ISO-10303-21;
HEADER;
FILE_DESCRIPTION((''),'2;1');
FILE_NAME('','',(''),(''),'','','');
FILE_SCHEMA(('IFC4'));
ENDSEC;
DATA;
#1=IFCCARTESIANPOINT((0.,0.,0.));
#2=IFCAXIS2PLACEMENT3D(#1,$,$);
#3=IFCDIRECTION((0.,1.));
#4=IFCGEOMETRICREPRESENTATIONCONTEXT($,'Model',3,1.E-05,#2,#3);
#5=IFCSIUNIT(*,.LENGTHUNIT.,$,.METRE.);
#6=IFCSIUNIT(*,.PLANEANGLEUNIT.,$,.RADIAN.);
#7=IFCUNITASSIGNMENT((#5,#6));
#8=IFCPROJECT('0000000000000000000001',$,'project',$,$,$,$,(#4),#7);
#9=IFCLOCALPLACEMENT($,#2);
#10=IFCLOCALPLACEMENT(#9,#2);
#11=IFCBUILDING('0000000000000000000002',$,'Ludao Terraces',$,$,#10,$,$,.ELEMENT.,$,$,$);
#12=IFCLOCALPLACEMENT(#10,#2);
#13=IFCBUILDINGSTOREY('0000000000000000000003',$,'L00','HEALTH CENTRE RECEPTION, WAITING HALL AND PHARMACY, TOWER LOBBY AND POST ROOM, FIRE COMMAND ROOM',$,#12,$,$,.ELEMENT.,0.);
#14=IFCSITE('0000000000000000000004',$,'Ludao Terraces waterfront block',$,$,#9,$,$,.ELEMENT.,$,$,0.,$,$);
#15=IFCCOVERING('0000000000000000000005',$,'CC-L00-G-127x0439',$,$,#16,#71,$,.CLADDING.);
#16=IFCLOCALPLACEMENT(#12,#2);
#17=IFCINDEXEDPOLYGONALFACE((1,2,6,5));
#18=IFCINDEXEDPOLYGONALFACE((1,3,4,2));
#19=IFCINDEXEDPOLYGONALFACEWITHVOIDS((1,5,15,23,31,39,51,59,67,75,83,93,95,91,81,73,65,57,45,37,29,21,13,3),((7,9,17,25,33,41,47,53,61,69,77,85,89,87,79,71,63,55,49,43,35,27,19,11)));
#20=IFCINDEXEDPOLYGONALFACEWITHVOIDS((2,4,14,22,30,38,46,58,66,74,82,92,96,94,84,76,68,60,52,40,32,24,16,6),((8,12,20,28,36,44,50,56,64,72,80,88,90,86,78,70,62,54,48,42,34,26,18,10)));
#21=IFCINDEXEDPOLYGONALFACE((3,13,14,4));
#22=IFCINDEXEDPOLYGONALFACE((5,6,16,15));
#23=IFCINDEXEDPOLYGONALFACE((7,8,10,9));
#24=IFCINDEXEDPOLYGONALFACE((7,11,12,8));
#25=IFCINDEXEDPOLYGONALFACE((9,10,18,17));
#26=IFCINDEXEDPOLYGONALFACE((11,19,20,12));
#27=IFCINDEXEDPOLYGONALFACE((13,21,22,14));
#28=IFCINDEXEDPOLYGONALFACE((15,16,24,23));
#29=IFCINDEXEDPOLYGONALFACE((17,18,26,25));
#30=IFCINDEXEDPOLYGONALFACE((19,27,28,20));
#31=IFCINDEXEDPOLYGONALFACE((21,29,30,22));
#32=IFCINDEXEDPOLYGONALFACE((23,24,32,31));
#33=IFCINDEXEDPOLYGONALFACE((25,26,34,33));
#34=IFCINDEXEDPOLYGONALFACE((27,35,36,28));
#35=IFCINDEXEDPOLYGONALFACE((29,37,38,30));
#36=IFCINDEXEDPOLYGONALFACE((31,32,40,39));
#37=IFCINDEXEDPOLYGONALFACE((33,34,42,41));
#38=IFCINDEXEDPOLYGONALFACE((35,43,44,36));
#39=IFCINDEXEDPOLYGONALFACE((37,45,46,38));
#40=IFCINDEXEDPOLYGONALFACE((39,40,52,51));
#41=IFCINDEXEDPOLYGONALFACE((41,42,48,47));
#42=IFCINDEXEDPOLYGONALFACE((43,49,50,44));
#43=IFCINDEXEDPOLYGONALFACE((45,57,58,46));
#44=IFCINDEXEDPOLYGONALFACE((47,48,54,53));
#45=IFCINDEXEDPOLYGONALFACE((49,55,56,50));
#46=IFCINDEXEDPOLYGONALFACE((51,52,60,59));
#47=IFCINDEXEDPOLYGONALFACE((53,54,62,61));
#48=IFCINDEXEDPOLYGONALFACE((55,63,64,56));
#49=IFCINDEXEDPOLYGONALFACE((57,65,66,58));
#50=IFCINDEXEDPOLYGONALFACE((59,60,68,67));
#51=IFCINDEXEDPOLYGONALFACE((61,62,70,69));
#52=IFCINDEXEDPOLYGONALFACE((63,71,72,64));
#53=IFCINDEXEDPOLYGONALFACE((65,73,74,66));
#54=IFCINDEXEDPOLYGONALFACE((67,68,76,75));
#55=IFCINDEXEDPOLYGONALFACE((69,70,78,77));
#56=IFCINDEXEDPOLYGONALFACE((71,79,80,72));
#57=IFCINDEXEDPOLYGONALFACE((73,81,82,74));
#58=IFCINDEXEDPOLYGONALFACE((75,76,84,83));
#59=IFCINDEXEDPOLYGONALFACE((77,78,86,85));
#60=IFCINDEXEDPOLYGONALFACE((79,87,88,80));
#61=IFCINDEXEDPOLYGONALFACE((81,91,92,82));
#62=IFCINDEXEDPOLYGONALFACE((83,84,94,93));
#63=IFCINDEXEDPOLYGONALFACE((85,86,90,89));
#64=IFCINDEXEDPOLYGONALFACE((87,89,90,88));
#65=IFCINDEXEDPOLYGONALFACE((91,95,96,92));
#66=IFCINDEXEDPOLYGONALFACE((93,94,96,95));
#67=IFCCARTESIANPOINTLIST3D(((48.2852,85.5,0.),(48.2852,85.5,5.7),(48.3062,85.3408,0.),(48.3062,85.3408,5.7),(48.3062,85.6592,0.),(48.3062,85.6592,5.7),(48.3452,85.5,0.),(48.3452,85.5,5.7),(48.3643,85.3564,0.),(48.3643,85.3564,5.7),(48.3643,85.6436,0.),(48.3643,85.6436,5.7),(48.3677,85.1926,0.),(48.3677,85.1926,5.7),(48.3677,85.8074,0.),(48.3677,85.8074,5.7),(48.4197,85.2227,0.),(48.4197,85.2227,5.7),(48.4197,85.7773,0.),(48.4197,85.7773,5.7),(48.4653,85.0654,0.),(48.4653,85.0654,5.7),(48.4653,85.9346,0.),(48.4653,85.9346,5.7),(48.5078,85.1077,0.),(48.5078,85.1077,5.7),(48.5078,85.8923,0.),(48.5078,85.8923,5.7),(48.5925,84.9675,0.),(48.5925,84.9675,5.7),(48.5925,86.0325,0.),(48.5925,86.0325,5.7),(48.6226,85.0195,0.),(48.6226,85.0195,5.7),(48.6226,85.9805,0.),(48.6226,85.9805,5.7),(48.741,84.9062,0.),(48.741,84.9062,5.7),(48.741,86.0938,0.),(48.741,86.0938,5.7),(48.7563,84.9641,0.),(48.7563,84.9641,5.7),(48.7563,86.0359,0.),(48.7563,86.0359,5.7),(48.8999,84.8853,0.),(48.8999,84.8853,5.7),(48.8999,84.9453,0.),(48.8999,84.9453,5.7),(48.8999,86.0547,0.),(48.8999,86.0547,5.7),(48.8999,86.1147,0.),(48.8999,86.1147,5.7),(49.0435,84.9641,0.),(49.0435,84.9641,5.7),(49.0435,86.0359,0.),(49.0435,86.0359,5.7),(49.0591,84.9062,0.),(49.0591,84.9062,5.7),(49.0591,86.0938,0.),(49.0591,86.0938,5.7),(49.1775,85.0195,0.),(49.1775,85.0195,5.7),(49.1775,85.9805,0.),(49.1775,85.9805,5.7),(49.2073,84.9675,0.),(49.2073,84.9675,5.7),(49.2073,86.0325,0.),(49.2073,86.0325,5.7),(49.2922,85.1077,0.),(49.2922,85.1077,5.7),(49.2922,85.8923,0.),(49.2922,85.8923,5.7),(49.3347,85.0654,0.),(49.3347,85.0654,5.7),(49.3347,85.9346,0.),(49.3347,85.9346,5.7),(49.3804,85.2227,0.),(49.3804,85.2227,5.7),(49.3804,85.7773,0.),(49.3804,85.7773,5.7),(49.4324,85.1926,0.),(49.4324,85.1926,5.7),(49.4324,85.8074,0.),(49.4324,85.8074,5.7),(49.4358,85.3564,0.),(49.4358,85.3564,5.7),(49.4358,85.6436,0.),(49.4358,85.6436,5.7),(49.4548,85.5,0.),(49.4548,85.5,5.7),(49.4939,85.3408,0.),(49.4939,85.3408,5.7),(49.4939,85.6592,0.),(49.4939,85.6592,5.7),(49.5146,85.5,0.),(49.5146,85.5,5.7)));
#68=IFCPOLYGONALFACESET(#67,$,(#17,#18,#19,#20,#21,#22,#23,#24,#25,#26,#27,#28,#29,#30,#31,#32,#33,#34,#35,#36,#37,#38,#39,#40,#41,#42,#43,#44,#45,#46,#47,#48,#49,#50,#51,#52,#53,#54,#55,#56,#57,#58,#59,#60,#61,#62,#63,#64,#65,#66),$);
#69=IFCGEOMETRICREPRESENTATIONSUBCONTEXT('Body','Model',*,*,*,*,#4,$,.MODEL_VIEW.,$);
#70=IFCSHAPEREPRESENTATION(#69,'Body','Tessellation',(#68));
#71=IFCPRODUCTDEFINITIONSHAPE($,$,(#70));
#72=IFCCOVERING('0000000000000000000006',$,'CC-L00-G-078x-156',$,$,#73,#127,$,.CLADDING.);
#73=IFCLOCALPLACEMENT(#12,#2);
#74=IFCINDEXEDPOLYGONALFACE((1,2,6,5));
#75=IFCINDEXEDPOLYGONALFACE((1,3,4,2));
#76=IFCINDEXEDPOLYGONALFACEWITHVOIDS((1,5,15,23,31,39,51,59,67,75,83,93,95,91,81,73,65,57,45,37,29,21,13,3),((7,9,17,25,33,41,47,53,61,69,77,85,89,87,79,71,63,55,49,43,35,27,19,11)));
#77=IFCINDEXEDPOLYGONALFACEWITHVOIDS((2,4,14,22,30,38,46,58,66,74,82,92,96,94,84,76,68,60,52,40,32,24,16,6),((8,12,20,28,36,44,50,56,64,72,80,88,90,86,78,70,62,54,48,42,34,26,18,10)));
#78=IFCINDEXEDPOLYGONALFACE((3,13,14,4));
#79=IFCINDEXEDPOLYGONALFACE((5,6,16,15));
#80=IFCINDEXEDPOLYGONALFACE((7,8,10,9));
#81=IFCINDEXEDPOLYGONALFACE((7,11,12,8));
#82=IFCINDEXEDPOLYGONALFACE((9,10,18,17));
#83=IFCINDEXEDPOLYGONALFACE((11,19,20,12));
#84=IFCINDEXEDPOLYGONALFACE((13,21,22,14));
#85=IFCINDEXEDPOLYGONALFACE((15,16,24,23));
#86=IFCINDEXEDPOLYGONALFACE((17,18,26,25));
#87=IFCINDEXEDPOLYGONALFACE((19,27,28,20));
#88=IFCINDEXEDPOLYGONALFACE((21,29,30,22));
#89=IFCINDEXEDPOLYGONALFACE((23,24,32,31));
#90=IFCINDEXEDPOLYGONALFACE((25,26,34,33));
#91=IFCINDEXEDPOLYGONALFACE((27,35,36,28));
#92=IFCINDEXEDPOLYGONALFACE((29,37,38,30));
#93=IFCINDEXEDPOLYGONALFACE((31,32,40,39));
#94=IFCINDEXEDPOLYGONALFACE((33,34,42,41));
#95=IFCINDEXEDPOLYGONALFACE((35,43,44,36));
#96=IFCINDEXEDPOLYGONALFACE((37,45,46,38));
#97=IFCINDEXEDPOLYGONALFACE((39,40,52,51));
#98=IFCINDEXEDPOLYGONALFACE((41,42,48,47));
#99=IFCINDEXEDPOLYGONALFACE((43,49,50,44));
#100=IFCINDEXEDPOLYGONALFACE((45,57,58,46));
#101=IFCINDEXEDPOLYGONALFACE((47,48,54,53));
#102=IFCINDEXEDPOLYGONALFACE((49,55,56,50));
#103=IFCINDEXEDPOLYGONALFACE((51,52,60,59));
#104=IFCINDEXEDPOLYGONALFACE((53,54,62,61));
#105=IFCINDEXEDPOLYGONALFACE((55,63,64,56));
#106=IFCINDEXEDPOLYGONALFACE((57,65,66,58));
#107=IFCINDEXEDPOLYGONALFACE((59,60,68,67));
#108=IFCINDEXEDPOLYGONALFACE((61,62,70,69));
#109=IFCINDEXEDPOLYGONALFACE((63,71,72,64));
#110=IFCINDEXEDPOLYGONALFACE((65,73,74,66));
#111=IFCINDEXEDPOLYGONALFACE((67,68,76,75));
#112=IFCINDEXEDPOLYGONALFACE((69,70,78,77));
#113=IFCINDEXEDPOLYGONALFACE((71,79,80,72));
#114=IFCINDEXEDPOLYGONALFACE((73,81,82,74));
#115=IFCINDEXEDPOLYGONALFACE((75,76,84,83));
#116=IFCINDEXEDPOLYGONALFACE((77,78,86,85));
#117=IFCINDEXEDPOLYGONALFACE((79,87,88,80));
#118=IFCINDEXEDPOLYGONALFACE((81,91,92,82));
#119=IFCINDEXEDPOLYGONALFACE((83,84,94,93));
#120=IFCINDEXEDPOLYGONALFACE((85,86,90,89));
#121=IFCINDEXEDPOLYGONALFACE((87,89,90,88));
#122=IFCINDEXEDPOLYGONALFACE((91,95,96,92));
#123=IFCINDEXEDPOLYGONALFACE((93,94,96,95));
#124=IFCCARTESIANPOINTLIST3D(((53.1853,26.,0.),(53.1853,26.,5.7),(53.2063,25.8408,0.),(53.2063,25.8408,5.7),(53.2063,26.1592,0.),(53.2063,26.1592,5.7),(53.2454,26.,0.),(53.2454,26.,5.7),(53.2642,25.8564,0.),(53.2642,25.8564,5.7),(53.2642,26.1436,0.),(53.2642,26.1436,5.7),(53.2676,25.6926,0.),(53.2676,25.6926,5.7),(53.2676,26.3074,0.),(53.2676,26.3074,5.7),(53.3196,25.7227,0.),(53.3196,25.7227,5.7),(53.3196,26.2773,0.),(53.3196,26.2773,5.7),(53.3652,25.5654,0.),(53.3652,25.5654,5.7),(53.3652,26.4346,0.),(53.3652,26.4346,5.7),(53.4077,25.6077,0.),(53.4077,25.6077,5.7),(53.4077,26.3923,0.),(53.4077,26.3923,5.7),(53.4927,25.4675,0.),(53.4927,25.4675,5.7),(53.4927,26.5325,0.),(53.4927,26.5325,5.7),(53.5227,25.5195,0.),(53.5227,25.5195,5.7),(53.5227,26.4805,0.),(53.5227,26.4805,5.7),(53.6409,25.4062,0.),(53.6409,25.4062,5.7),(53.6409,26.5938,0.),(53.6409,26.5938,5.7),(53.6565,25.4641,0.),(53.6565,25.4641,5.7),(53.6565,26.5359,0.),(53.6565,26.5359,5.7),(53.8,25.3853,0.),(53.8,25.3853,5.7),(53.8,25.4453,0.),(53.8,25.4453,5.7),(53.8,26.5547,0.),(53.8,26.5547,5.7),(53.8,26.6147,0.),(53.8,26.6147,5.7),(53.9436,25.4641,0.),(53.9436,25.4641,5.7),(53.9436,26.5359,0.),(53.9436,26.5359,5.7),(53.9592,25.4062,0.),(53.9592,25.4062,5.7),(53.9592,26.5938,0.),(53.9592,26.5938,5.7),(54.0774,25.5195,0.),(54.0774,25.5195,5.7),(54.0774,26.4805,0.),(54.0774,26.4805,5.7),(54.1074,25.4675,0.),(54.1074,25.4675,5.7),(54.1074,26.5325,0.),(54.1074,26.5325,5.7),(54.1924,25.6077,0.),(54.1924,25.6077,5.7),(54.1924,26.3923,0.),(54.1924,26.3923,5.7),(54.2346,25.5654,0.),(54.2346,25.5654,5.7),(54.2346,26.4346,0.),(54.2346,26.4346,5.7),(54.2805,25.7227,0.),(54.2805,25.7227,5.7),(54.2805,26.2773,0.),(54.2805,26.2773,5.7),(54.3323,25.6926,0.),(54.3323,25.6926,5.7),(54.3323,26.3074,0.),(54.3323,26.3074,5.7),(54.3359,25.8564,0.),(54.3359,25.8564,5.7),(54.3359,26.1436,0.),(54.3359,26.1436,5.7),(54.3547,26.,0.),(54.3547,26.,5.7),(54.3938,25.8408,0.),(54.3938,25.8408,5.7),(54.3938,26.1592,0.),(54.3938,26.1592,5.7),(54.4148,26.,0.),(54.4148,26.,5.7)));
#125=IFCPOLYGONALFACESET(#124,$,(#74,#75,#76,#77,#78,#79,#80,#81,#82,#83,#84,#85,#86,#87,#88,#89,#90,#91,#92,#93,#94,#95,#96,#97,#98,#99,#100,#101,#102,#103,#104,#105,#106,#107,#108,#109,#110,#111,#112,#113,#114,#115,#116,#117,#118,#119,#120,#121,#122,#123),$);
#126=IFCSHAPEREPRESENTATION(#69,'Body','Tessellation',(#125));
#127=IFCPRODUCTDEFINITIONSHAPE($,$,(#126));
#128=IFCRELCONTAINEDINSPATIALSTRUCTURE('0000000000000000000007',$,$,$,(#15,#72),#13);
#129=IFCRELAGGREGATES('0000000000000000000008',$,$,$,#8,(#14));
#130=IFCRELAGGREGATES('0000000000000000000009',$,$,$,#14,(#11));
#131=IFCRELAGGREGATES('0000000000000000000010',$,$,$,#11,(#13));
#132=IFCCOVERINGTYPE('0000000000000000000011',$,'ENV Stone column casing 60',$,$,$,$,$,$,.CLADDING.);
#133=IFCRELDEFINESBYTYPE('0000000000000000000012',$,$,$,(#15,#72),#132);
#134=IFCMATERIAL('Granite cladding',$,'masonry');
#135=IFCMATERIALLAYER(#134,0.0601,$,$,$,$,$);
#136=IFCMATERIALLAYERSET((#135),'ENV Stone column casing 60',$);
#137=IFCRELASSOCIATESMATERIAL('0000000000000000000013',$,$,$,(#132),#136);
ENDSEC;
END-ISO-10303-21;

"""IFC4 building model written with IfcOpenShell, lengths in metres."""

from ifc_helpers import new_model, si_unit, direction, origin, place, context, subcontext, project, spatial, polyline, outline, extrude, material, layer, layer_set, type_object, element, save


model = new_model("IFC4")

# Units and contexts
model_context = context("Model", 3, precision=1e-05, world=origin(), true_north=direction((0.0, 1.0)))
body_context = subcontext(model_context, "Body", "Model", "MODEL_VIEW")
ifc_project = project(units=[si_unit("LENGTHUNIT", "METRE"), si_unit("PLANEANGLEUNIT", "RADIAN")], contexts=[model_context])

# Site, building, storey
site_placement = place(None, origin())
site = spatial("IfcSite", under=ifc_project, at=site_placement, Name="Ludao Terraces waterfront block", CompositionType="ELEMENT", RefElevation=0.0)
building_placement = place(site_placement, origin())
building = spatial("IfcBuilding", under=site, at=building_placement, Name="Ludao Terraces", CompositionType="ELEMENT")
storey_placement = place(building_placement, origin())
storey = spatial("IfcBuildingStorey", under=building, at=storey_placement, Name="L00", Description="HEALTH CENTRE RECEPTION, WAITING HALL AND PHARMACY, TOWER LOBBY AND POST ROOM, FIRE COMMAND ROOM", CompositionType="ELEMENT", Elevation=0.0)

# Coverings
ifc_material_1 = material(Name="Granite cladding", Category="masonry")
ifc_layer_1 = layer(ifc_material_1, 0.0601)
ifc_layer_set_1 = layer_set([ifc_layer_1], Name="ENV Stone column casing 60")
covering_type_1 = type_object("IfcCoveringType", Name="ENV Stone column casing 60", PredefinedType="CLADDING", material=ifc_layer_set_1)
covering_1_placement = place(storey_placement, origin())
element("IfcCovering", 1, at=covering_1_placement, inside=storey, type_object=covering_type_1, Name="CC-L00-G-127x0439", PredefinedType="CLADDING", context=body_context, shape_type="SweptSolid", body=[
    extrude(outline(polyline([(49.5146, 85.5), (49.4939, 85.6592), (49.4324, 85.8074), (49.3347, 85.9346), (49.2073, 86.0325), (49.0591, 86.0938), (48.8999, 86.1147), (48.741, 86.0938), (48.5925, 86.0325), (48.4653, 85.9346), (48.3677, 85.8074), (48.3062, 85.6592), (48.2852, 85.5), (48.3062, 85.3408), (48.3677, 85.1926), (48.4653, 85.0654), (48.5925, 84.9675), (48.741, 84.9062), (48.8999, 84.8853), (49.0591, 84.9062), (49.2073, 84.9675), (49.3347, 85.0654), (49.4324, 85.1926), (49.4939, 85.3408), (49.5146, 85.5)]), holes=[polyline([(49.4358, 85.3564), (49.3804, 85.2227), (49.2922, 85.1077), (49.1775, 85.0195), (49.0435, 84.9641), (48.8999, 84.9453), (48.7563, 84.9641), (48.6226, 85.0195), (48.5078, 85.1077), (48.4197, 85.2227), (48.3643, 85.3564), (48.3452, 85.5), (48.3643, 85.6436), (48.4197, 85.7773), (48.5078, 85.8923), (48.6226, 85.9805), (48.7563, 86.0359), (48.8999, 86.0547), (49.0435, 86.0359), (49.1775, 85.9805), (49.2922, 85.8923), (49.3804, 85.7773), (49.4358, 85.6436), (49.4548, 85.5), (49.4358, 85.3564)])]), origin(), (0.0, 0.0, 1.0), 5.7),
])
covering_2_placement = place(storey_placement, origin())
element("IfcCovering", 2, at=covering_2_placement, inside=storey, type_object=covering_type_1, Name="CC-L00-G-078x-156", PredefinedType="CLADDING", context=body_context, shape_type="SweptSolid", body=[
    extrude(outline(polyline([(54.4148, 26.0), (54.3938, 26.1592), (54.3323, 26.3074), (54.2346, 26.4346), (54.1074, 26.5325), (53.9592, 26.5938), (53.8, 26.6147), (53.6409, 26.5938), (53.4927, 26.5325), (53.3652, 26.4346), (53.2676, 26.3074), (53.2063, 26.1592), (53.1853, 26.0), (53.2063, 25.8408), (53.2676, 25.6926), (53.3652, 25.5654), (53.4927, 25.4675), (53.6409, 25.4062), (53.8, 25.3853), (53.9592, 25.4062), (54.1074, 25.4675), (54.2346, 25.5654), (54.3323, 25.6926), (54.3938, 25.8408), (54.4148, 26.0)]), holes=[polyline([(54.3359, 25.8564), (54.2805, 25.7227), (54.1924, 25.6077), (54.0774, 25.5195), (53.9436, 25.4641), (53.8, 25.4453), (53.6565, 25.4641), (53.5227, 25.5195), (53.4077, 25.6077), (53.3196, 25.7227), (53.2642, 25.8564), (53.2454, 26.0), (53.2642, 26.1436), (53.3196, 26.2773), (53.4077, 26.3923), (53.5227, 26.4805), (53.6565, 26.5359), (53.8, 26.5547), (53.9436, 26.5359), (54.0774, 26.4805), (54.1924, 26.3923), (54.2805, 26.2773), (54.3359, 26.1436), (54.3547, 26.0), (54.3359, 25.8564)])]), origin(), (0.0, 0.0, 1.0), 5.7),
])

save(model, "model.ifc")
